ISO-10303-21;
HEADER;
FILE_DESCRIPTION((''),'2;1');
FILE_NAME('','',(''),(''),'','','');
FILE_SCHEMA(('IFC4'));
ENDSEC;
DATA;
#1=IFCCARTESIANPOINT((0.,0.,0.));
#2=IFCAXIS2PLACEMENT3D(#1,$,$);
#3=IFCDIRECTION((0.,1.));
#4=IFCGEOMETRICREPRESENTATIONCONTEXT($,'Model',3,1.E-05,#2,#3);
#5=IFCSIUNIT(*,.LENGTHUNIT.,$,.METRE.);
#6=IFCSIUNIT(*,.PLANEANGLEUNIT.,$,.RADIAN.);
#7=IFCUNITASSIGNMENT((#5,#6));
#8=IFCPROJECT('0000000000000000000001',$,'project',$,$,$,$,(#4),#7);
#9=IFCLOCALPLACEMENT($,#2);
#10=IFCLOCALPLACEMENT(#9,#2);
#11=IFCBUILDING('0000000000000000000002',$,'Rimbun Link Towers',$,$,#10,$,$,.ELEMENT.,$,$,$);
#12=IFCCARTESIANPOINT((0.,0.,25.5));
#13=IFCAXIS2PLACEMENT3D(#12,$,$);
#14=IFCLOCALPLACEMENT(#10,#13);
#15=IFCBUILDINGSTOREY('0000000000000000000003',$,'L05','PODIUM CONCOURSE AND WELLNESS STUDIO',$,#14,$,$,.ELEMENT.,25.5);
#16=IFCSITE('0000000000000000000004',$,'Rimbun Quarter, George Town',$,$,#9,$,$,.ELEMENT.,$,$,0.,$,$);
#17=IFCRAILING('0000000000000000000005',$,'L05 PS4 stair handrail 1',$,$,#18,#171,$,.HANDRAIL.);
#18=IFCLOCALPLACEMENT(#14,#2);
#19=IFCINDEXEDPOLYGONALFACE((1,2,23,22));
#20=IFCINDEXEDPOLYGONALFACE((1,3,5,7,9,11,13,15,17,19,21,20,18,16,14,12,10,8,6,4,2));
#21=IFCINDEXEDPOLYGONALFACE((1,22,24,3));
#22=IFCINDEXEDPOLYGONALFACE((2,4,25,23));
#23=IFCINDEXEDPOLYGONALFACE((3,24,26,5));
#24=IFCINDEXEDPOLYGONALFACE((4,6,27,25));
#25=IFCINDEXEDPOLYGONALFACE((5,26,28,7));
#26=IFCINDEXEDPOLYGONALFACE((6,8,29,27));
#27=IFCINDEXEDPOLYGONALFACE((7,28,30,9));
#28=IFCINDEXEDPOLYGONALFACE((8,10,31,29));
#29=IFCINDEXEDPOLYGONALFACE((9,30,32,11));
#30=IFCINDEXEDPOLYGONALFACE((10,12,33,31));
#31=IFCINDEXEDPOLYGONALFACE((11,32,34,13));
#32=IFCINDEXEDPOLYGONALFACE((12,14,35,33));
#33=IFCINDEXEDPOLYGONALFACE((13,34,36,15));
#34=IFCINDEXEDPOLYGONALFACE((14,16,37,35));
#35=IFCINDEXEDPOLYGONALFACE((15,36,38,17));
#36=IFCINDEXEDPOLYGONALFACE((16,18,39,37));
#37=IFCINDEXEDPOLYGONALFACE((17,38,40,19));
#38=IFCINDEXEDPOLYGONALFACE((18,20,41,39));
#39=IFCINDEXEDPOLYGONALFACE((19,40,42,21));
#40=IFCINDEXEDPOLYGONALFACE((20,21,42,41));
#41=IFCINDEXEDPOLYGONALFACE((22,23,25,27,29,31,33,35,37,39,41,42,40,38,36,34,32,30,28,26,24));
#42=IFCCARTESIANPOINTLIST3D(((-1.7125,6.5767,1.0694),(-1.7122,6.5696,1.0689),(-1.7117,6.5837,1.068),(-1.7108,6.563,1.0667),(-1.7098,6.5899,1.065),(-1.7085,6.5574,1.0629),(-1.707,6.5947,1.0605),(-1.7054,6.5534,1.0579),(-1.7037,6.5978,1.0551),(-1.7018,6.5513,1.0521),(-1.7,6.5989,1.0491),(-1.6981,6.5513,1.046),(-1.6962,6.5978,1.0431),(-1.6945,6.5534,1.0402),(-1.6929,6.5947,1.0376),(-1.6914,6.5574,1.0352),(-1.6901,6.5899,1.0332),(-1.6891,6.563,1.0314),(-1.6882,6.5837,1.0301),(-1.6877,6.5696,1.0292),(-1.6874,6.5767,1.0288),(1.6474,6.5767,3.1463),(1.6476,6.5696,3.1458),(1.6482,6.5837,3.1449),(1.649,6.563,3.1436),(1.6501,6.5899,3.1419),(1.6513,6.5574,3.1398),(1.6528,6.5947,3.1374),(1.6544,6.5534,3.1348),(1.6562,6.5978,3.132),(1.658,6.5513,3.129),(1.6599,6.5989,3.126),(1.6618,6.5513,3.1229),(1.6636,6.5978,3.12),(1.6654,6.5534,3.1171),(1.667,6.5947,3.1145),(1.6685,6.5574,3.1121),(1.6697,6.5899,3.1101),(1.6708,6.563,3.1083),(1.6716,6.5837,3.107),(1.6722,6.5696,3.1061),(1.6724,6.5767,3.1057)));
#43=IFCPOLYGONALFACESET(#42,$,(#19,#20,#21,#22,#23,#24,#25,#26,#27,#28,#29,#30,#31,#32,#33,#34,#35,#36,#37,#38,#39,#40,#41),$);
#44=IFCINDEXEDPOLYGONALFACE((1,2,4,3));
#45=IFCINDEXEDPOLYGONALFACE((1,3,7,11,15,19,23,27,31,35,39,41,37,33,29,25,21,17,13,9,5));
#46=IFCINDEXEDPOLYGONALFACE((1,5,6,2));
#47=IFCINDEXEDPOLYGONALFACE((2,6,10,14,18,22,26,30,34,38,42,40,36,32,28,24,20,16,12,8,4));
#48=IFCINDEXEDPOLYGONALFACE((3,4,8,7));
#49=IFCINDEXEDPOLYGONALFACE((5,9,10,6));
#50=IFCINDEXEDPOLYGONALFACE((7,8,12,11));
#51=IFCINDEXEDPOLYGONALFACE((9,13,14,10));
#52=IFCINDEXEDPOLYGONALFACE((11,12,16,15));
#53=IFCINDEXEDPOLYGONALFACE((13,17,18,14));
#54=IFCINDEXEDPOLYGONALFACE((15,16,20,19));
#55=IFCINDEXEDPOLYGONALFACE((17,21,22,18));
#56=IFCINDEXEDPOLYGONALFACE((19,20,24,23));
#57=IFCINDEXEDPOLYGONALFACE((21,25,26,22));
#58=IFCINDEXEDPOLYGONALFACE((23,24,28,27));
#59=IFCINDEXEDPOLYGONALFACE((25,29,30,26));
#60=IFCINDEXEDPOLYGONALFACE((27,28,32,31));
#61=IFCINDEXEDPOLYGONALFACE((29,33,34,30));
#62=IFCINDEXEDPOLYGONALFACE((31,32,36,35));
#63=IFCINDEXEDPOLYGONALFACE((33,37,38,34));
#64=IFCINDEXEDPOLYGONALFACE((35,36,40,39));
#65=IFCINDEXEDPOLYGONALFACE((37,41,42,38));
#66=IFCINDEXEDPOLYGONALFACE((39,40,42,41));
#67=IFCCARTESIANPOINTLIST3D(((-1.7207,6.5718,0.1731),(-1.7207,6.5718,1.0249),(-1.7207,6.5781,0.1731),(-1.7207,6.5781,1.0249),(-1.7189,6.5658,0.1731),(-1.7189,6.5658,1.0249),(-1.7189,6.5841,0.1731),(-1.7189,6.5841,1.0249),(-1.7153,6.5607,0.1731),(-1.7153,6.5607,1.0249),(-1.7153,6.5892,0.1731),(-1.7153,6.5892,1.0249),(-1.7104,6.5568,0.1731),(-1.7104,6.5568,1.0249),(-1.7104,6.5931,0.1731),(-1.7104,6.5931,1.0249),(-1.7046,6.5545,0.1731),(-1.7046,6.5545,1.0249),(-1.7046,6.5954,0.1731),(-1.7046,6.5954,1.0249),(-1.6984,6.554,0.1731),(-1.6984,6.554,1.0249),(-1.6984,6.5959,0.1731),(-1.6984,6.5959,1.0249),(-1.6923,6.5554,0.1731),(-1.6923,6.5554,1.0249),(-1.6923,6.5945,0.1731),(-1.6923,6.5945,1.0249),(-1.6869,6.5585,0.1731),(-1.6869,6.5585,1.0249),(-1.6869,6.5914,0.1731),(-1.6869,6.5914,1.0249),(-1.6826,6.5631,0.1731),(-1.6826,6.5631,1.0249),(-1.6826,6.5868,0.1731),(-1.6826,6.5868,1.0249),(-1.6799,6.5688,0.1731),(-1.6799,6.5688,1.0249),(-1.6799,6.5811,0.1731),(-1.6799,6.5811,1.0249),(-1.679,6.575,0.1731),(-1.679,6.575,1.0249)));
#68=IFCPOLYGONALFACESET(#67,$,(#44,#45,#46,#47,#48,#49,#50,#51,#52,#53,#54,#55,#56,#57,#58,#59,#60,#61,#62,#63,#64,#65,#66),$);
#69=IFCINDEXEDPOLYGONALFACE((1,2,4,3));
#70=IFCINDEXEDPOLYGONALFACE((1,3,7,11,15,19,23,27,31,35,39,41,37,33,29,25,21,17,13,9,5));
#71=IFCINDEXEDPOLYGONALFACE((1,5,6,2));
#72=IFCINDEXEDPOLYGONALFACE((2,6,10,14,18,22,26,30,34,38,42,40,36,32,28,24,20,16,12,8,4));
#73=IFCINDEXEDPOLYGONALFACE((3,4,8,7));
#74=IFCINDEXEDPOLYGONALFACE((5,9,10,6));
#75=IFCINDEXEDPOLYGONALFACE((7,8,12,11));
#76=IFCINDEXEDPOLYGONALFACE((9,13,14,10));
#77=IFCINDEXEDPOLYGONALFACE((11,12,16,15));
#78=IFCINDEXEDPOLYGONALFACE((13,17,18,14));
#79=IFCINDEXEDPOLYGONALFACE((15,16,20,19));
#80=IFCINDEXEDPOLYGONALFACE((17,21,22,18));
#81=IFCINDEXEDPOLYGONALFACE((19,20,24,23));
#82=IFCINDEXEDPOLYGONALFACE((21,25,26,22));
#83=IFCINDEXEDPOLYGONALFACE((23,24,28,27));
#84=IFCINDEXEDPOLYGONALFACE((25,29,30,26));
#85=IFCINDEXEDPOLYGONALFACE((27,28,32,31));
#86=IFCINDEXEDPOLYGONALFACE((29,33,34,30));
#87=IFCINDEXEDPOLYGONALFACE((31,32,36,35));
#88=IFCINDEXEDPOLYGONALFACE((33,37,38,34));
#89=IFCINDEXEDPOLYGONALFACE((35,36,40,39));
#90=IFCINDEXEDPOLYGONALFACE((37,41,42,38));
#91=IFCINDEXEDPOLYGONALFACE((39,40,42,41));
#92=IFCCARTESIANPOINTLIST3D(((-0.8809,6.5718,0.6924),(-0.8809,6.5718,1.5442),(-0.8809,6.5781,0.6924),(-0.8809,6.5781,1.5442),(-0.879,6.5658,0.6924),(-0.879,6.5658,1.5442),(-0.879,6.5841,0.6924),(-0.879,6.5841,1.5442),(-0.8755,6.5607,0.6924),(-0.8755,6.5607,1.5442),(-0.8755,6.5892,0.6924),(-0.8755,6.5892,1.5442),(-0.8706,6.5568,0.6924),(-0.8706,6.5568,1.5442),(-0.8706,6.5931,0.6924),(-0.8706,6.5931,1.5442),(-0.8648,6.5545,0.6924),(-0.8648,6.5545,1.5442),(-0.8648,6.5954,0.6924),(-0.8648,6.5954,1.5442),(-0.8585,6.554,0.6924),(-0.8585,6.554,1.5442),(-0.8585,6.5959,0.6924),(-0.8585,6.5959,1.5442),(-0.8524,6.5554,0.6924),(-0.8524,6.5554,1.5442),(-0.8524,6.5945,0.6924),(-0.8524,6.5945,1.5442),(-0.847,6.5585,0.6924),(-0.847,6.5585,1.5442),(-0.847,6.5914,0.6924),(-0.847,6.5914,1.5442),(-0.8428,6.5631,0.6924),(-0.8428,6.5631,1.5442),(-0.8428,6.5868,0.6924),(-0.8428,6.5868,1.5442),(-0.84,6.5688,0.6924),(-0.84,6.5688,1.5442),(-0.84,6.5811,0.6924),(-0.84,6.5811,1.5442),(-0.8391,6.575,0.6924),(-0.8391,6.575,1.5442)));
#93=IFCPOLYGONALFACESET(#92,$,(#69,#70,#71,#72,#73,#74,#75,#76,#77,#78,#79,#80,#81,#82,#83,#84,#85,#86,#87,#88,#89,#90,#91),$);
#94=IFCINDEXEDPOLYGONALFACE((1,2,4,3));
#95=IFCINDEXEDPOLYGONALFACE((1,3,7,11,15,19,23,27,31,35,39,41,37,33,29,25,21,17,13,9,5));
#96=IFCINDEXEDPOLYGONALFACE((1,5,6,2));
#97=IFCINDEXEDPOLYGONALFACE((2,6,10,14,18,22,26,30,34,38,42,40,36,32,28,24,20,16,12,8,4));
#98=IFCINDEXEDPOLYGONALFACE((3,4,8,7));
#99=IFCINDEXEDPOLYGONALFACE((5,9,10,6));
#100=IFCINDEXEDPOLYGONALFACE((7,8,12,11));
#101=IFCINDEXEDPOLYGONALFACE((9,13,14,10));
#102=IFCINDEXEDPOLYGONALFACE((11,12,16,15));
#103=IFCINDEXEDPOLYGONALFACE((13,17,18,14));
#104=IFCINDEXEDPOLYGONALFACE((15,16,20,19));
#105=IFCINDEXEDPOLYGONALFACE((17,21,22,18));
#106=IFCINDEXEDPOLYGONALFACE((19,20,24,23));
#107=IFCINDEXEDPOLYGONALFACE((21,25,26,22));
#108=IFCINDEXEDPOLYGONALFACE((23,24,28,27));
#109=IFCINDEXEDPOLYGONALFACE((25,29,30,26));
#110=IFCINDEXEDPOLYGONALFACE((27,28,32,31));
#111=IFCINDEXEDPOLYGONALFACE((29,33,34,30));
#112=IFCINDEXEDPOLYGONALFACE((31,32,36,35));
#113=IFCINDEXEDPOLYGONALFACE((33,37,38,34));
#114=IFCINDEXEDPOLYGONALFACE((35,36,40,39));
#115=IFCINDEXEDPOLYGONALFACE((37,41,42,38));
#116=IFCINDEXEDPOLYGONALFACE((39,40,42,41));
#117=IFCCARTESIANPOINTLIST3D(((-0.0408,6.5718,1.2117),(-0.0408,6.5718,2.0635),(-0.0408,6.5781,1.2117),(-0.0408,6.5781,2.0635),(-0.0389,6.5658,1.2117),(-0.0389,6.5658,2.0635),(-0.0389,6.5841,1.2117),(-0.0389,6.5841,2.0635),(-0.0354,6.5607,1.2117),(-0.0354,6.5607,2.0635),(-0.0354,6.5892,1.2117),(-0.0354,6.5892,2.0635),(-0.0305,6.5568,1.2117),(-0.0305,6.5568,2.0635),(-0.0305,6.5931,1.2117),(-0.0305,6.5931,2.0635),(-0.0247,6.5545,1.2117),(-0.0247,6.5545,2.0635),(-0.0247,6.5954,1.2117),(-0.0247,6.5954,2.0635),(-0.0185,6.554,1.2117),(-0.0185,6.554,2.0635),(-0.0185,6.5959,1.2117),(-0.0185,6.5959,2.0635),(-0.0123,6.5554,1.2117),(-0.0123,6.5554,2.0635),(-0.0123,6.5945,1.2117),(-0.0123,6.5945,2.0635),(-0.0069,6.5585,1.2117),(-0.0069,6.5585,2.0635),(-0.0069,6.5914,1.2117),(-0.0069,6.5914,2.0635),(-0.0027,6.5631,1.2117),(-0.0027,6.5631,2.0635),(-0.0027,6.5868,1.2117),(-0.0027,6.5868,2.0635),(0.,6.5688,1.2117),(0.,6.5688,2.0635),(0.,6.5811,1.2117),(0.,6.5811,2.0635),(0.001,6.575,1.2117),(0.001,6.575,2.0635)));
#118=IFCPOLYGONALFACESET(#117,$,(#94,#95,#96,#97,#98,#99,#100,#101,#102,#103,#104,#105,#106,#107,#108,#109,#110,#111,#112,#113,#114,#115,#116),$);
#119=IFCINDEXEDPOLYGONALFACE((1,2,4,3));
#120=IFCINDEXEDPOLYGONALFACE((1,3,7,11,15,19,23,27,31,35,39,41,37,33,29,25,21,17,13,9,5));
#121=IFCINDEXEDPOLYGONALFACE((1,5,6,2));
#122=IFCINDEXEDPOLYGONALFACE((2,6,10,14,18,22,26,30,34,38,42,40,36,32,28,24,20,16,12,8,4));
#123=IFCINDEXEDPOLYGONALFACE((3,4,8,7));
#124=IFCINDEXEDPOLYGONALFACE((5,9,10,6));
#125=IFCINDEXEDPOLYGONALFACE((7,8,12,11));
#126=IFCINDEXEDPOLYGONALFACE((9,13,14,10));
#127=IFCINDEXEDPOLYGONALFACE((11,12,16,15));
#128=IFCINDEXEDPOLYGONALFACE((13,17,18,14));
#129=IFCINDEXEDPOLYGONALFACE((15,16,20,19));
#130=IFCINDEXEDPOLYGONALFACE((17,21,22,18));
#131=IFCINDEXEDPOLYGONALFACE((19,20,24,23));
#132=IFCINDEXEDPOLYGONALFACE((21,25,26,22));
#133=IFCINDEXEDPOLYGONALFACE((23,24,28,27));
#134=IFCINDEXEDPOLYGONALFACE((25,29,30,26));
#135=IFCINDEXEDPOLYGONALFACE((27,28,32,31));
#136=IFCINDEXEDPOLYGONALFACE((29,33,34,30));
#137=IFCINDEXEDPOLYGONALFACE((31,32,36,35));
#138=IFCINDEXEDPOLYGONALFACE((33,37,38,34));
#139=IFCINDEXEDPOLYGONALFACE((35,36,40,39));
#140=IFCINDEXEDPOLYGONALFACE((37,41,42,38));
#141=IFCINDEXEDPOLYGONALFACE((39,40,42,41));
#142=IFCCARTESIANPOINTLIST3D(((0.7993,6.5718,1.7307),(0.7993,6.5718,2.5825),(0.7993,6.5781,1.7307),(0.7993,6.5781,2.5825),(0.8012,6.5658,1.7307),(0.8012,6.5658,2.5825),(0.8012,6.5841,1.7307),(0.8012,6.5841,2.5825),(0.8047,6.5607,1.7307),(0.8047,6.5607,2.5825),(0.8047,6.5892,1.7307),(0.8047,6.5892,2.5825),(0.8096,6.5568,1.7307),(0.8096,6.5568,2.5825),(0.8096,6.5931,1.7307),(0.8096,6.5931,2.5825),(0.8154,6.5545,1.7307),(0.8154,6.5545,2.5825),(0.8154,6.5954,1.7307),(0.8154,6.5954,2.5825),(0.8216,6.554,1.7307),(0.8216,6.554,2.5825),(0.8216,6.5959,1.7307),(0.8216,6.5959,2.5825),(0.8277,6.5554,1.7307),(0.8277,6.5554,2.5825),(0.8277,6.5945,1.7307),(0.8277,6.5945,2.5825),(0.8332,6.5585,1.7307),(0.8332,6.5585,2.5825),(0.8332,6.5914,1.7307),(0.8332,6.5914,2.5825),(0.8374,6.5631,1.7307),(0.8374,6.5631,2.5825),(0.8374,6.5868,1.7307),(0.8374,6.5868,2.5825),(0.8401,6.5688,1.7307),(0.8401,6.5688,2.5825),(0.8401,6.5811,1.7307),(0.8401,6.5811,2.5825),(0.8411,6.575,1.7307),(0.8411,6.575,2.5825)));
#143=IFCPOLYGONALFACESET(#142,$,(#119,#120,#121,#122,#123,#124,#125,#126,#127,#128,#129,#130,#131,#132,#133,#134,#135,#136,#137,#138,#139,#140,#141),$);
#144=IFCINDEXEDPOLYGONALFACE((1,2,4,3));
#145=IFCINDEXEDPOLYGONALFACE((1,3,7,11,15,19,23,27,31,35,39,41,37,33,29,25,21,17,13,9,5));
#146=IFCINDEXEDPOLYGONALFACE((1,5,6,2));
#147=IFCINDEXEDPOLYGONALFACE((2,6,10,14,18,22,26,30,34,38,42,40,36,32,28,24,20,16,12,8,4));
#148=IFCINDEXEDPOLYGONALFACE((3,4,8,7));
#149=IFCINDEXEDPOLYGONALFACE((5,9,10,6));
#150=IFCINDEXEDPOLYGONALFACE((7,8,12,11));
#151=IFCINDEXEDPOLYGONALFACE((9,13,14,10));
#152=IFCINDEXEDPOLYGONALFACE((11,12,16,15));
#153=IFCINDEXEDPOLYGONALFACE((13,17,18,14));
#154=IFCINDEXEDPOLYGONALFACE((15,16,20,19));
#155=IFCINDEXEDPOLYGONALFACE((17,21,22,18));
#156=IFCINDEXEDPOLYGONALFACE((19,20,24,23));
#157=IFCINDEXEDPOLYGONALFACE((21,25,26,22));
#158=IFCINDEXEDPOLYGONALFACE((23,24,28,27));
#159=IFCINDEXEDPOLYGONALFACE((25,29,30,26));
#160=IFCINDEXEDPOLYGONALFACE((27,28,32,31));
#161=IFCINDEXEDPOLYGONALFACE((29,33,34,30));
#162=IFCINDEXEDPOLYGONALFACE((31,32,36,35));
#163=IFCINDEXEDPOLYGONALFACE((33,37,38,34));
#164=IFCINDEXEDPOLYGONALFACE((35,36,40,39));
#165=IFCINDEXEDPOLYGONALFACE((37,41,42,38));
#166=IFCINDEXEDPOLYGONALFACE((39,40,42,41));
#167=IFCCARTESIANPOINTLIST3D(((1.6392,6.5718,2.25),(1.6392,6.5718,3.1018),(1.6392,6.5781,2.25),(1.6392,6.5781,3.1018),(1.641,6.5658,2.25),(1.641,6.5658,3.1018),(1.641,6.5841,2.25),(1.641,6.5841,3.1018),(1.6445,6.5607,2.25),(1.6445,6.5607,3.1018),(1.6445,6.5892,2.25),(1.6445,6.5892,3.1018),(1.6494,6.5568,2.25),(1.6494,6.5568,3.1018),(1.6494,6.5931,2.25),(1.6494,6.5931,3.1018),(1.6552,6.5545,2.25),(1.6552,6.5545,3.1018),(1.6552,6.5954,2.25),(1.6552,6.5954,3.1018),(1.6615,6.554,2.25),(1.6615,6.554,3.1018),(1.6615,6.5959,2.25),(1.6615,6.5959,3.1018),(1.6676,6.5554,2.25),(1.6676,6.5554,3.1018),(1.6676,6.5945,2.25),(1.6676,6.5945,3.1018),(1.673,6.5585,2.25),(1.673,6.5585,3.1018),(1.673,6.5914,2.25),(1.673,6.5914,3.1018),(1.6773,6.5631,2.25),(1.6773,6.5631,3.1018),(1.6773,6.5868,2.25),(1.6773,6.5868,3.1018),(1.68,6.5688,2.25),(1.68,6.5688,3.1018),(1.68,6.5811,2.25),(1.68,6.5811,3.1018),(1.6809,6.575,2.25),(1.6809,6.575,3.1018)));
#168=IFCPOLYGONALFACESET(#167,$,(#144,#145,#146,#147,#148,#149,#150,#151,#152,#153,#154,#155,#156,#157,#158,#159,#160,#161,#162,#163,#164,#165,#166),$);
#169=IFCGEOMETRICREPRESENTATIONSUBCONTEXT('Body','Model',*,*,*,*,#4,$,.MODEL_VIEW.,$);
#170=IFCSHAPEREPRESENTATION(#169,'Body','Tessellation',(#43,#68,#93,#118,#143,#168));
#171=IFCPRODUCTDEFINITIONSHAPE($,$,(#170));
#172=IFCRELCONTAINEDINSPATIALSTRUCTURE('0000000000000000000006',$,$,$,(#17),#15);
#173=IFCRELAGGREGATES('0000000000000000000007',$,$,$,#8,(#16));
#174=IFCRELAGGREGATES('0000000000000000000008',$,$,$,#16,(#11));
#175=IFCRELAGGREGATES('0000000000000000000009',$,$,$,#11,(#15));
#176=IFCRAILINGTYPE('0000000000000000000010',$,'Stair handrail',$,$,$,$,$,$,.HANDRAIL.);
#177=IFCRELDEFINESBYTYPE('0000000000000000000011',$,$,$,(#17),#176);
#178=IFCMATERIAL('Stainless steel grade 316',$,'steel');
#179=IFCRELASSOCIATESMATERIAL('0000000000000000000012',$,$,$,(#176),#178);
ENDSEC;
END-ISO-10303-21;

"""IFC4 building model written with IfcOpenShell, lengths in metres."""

from ifc_helpers import new_model, si_unit, direction, frame, origin, origin_2d, place, context, subcontext, project, spatial, circle, extrude, material, type_object, element, save


model = new_model("IFC4")

# Units and contexts
model_context = context("Model", 3, precision=1e-05, world=origin(), true_north=direction((0.0, 1.0)))
body_context = subcontext(model_context, "Body", "Model", "MODEL_VIEW")
ifc_project = project(units=[si_unit("LENGTHUNIT", "METRE"), si_unit("PLANEANGLEUNIT", "RADIAN")], contexts=[model_context])

# Site, building, storey
site_placement = place(None, origin())
site = spatial("IfcSite", under=ifc_project, at=site_placement, Name="Rimbun Quarter, George Town", CompositionType="ELEMENT", RefElevation=0.0)
building_placement = place(site_placement, origin())
building = spatial("IfcBuilding", under=site, at=building_placement, Name="Rimbun Link Towers", CompositionType="ELEMENT")
storey_placement = place(building_placement, frame((0.0, 0.0, 25.5)))
storey = spatial("IfcBuildingStorey", under=building, at=storey_placement, Name="L05", Description="PODIUM CONCOURSE AND WELLNESS STUDIO", CompositionType="ELEMENT", Elevation=25.5)

# Railing
ifc_material_1 = material(Name="Stainless steel grade 316", Category="steel")
railing_type_1 = type_object("IfcRailingType", Name="Stair handrail", PredefinedType="HANDRAIL", material=ifc_material_1)
railing_1_placement = place(storey_placement, frame((-1.7, 6.575, 0.1731)))
element("IfcRailing", 1, at=railing_1_placement, inside=storey, type_object=railing_type_1, Name="L05 PS4 stair handrail 1", PredefinedType="HANDRAIL", context=body_context, shape_type="SweptSolid", body=[
    extrude(circle(Radius=0.0239, at=origin_2d()), frame((0.0, 0.0, 0.876), z_axis=(0.850606, 0.0, 0.525803), x_axis=(0.0, 1.0, 0.0)), (0.0, 0.0, 1.0), 3.95),
    extrude(circle(Radius=0.021, at=origin_2d()), origin(), (0.0, 0.0, 1.0), 0.8518),
    extrude(circle(Radius=0.021, at=origin_2d()), frame((0.8398, 0.0, 0.5193)), (0.0, 0.0, 1.0), 0.8518),
    extrude(circle(Radius=0.021, at=origin_2d()), frame((1.6799, 0.0, 1.0386)), (0.0, 0.0, 1.0), 0.8518),
    extrude(circle(Radius=0.021, at=origin_2d()), frame((2.52, 0.0, 1.5576)), (0.0, 0.0, 1.0), 0.8518),
    extrude(circle(Radius=0.021, at=origin_2d()), frame((3.3599, 0.0, 2.0769)), (0.0, 0.0, 1.0), 0.8518),
])

save(model, "model.ifc")
